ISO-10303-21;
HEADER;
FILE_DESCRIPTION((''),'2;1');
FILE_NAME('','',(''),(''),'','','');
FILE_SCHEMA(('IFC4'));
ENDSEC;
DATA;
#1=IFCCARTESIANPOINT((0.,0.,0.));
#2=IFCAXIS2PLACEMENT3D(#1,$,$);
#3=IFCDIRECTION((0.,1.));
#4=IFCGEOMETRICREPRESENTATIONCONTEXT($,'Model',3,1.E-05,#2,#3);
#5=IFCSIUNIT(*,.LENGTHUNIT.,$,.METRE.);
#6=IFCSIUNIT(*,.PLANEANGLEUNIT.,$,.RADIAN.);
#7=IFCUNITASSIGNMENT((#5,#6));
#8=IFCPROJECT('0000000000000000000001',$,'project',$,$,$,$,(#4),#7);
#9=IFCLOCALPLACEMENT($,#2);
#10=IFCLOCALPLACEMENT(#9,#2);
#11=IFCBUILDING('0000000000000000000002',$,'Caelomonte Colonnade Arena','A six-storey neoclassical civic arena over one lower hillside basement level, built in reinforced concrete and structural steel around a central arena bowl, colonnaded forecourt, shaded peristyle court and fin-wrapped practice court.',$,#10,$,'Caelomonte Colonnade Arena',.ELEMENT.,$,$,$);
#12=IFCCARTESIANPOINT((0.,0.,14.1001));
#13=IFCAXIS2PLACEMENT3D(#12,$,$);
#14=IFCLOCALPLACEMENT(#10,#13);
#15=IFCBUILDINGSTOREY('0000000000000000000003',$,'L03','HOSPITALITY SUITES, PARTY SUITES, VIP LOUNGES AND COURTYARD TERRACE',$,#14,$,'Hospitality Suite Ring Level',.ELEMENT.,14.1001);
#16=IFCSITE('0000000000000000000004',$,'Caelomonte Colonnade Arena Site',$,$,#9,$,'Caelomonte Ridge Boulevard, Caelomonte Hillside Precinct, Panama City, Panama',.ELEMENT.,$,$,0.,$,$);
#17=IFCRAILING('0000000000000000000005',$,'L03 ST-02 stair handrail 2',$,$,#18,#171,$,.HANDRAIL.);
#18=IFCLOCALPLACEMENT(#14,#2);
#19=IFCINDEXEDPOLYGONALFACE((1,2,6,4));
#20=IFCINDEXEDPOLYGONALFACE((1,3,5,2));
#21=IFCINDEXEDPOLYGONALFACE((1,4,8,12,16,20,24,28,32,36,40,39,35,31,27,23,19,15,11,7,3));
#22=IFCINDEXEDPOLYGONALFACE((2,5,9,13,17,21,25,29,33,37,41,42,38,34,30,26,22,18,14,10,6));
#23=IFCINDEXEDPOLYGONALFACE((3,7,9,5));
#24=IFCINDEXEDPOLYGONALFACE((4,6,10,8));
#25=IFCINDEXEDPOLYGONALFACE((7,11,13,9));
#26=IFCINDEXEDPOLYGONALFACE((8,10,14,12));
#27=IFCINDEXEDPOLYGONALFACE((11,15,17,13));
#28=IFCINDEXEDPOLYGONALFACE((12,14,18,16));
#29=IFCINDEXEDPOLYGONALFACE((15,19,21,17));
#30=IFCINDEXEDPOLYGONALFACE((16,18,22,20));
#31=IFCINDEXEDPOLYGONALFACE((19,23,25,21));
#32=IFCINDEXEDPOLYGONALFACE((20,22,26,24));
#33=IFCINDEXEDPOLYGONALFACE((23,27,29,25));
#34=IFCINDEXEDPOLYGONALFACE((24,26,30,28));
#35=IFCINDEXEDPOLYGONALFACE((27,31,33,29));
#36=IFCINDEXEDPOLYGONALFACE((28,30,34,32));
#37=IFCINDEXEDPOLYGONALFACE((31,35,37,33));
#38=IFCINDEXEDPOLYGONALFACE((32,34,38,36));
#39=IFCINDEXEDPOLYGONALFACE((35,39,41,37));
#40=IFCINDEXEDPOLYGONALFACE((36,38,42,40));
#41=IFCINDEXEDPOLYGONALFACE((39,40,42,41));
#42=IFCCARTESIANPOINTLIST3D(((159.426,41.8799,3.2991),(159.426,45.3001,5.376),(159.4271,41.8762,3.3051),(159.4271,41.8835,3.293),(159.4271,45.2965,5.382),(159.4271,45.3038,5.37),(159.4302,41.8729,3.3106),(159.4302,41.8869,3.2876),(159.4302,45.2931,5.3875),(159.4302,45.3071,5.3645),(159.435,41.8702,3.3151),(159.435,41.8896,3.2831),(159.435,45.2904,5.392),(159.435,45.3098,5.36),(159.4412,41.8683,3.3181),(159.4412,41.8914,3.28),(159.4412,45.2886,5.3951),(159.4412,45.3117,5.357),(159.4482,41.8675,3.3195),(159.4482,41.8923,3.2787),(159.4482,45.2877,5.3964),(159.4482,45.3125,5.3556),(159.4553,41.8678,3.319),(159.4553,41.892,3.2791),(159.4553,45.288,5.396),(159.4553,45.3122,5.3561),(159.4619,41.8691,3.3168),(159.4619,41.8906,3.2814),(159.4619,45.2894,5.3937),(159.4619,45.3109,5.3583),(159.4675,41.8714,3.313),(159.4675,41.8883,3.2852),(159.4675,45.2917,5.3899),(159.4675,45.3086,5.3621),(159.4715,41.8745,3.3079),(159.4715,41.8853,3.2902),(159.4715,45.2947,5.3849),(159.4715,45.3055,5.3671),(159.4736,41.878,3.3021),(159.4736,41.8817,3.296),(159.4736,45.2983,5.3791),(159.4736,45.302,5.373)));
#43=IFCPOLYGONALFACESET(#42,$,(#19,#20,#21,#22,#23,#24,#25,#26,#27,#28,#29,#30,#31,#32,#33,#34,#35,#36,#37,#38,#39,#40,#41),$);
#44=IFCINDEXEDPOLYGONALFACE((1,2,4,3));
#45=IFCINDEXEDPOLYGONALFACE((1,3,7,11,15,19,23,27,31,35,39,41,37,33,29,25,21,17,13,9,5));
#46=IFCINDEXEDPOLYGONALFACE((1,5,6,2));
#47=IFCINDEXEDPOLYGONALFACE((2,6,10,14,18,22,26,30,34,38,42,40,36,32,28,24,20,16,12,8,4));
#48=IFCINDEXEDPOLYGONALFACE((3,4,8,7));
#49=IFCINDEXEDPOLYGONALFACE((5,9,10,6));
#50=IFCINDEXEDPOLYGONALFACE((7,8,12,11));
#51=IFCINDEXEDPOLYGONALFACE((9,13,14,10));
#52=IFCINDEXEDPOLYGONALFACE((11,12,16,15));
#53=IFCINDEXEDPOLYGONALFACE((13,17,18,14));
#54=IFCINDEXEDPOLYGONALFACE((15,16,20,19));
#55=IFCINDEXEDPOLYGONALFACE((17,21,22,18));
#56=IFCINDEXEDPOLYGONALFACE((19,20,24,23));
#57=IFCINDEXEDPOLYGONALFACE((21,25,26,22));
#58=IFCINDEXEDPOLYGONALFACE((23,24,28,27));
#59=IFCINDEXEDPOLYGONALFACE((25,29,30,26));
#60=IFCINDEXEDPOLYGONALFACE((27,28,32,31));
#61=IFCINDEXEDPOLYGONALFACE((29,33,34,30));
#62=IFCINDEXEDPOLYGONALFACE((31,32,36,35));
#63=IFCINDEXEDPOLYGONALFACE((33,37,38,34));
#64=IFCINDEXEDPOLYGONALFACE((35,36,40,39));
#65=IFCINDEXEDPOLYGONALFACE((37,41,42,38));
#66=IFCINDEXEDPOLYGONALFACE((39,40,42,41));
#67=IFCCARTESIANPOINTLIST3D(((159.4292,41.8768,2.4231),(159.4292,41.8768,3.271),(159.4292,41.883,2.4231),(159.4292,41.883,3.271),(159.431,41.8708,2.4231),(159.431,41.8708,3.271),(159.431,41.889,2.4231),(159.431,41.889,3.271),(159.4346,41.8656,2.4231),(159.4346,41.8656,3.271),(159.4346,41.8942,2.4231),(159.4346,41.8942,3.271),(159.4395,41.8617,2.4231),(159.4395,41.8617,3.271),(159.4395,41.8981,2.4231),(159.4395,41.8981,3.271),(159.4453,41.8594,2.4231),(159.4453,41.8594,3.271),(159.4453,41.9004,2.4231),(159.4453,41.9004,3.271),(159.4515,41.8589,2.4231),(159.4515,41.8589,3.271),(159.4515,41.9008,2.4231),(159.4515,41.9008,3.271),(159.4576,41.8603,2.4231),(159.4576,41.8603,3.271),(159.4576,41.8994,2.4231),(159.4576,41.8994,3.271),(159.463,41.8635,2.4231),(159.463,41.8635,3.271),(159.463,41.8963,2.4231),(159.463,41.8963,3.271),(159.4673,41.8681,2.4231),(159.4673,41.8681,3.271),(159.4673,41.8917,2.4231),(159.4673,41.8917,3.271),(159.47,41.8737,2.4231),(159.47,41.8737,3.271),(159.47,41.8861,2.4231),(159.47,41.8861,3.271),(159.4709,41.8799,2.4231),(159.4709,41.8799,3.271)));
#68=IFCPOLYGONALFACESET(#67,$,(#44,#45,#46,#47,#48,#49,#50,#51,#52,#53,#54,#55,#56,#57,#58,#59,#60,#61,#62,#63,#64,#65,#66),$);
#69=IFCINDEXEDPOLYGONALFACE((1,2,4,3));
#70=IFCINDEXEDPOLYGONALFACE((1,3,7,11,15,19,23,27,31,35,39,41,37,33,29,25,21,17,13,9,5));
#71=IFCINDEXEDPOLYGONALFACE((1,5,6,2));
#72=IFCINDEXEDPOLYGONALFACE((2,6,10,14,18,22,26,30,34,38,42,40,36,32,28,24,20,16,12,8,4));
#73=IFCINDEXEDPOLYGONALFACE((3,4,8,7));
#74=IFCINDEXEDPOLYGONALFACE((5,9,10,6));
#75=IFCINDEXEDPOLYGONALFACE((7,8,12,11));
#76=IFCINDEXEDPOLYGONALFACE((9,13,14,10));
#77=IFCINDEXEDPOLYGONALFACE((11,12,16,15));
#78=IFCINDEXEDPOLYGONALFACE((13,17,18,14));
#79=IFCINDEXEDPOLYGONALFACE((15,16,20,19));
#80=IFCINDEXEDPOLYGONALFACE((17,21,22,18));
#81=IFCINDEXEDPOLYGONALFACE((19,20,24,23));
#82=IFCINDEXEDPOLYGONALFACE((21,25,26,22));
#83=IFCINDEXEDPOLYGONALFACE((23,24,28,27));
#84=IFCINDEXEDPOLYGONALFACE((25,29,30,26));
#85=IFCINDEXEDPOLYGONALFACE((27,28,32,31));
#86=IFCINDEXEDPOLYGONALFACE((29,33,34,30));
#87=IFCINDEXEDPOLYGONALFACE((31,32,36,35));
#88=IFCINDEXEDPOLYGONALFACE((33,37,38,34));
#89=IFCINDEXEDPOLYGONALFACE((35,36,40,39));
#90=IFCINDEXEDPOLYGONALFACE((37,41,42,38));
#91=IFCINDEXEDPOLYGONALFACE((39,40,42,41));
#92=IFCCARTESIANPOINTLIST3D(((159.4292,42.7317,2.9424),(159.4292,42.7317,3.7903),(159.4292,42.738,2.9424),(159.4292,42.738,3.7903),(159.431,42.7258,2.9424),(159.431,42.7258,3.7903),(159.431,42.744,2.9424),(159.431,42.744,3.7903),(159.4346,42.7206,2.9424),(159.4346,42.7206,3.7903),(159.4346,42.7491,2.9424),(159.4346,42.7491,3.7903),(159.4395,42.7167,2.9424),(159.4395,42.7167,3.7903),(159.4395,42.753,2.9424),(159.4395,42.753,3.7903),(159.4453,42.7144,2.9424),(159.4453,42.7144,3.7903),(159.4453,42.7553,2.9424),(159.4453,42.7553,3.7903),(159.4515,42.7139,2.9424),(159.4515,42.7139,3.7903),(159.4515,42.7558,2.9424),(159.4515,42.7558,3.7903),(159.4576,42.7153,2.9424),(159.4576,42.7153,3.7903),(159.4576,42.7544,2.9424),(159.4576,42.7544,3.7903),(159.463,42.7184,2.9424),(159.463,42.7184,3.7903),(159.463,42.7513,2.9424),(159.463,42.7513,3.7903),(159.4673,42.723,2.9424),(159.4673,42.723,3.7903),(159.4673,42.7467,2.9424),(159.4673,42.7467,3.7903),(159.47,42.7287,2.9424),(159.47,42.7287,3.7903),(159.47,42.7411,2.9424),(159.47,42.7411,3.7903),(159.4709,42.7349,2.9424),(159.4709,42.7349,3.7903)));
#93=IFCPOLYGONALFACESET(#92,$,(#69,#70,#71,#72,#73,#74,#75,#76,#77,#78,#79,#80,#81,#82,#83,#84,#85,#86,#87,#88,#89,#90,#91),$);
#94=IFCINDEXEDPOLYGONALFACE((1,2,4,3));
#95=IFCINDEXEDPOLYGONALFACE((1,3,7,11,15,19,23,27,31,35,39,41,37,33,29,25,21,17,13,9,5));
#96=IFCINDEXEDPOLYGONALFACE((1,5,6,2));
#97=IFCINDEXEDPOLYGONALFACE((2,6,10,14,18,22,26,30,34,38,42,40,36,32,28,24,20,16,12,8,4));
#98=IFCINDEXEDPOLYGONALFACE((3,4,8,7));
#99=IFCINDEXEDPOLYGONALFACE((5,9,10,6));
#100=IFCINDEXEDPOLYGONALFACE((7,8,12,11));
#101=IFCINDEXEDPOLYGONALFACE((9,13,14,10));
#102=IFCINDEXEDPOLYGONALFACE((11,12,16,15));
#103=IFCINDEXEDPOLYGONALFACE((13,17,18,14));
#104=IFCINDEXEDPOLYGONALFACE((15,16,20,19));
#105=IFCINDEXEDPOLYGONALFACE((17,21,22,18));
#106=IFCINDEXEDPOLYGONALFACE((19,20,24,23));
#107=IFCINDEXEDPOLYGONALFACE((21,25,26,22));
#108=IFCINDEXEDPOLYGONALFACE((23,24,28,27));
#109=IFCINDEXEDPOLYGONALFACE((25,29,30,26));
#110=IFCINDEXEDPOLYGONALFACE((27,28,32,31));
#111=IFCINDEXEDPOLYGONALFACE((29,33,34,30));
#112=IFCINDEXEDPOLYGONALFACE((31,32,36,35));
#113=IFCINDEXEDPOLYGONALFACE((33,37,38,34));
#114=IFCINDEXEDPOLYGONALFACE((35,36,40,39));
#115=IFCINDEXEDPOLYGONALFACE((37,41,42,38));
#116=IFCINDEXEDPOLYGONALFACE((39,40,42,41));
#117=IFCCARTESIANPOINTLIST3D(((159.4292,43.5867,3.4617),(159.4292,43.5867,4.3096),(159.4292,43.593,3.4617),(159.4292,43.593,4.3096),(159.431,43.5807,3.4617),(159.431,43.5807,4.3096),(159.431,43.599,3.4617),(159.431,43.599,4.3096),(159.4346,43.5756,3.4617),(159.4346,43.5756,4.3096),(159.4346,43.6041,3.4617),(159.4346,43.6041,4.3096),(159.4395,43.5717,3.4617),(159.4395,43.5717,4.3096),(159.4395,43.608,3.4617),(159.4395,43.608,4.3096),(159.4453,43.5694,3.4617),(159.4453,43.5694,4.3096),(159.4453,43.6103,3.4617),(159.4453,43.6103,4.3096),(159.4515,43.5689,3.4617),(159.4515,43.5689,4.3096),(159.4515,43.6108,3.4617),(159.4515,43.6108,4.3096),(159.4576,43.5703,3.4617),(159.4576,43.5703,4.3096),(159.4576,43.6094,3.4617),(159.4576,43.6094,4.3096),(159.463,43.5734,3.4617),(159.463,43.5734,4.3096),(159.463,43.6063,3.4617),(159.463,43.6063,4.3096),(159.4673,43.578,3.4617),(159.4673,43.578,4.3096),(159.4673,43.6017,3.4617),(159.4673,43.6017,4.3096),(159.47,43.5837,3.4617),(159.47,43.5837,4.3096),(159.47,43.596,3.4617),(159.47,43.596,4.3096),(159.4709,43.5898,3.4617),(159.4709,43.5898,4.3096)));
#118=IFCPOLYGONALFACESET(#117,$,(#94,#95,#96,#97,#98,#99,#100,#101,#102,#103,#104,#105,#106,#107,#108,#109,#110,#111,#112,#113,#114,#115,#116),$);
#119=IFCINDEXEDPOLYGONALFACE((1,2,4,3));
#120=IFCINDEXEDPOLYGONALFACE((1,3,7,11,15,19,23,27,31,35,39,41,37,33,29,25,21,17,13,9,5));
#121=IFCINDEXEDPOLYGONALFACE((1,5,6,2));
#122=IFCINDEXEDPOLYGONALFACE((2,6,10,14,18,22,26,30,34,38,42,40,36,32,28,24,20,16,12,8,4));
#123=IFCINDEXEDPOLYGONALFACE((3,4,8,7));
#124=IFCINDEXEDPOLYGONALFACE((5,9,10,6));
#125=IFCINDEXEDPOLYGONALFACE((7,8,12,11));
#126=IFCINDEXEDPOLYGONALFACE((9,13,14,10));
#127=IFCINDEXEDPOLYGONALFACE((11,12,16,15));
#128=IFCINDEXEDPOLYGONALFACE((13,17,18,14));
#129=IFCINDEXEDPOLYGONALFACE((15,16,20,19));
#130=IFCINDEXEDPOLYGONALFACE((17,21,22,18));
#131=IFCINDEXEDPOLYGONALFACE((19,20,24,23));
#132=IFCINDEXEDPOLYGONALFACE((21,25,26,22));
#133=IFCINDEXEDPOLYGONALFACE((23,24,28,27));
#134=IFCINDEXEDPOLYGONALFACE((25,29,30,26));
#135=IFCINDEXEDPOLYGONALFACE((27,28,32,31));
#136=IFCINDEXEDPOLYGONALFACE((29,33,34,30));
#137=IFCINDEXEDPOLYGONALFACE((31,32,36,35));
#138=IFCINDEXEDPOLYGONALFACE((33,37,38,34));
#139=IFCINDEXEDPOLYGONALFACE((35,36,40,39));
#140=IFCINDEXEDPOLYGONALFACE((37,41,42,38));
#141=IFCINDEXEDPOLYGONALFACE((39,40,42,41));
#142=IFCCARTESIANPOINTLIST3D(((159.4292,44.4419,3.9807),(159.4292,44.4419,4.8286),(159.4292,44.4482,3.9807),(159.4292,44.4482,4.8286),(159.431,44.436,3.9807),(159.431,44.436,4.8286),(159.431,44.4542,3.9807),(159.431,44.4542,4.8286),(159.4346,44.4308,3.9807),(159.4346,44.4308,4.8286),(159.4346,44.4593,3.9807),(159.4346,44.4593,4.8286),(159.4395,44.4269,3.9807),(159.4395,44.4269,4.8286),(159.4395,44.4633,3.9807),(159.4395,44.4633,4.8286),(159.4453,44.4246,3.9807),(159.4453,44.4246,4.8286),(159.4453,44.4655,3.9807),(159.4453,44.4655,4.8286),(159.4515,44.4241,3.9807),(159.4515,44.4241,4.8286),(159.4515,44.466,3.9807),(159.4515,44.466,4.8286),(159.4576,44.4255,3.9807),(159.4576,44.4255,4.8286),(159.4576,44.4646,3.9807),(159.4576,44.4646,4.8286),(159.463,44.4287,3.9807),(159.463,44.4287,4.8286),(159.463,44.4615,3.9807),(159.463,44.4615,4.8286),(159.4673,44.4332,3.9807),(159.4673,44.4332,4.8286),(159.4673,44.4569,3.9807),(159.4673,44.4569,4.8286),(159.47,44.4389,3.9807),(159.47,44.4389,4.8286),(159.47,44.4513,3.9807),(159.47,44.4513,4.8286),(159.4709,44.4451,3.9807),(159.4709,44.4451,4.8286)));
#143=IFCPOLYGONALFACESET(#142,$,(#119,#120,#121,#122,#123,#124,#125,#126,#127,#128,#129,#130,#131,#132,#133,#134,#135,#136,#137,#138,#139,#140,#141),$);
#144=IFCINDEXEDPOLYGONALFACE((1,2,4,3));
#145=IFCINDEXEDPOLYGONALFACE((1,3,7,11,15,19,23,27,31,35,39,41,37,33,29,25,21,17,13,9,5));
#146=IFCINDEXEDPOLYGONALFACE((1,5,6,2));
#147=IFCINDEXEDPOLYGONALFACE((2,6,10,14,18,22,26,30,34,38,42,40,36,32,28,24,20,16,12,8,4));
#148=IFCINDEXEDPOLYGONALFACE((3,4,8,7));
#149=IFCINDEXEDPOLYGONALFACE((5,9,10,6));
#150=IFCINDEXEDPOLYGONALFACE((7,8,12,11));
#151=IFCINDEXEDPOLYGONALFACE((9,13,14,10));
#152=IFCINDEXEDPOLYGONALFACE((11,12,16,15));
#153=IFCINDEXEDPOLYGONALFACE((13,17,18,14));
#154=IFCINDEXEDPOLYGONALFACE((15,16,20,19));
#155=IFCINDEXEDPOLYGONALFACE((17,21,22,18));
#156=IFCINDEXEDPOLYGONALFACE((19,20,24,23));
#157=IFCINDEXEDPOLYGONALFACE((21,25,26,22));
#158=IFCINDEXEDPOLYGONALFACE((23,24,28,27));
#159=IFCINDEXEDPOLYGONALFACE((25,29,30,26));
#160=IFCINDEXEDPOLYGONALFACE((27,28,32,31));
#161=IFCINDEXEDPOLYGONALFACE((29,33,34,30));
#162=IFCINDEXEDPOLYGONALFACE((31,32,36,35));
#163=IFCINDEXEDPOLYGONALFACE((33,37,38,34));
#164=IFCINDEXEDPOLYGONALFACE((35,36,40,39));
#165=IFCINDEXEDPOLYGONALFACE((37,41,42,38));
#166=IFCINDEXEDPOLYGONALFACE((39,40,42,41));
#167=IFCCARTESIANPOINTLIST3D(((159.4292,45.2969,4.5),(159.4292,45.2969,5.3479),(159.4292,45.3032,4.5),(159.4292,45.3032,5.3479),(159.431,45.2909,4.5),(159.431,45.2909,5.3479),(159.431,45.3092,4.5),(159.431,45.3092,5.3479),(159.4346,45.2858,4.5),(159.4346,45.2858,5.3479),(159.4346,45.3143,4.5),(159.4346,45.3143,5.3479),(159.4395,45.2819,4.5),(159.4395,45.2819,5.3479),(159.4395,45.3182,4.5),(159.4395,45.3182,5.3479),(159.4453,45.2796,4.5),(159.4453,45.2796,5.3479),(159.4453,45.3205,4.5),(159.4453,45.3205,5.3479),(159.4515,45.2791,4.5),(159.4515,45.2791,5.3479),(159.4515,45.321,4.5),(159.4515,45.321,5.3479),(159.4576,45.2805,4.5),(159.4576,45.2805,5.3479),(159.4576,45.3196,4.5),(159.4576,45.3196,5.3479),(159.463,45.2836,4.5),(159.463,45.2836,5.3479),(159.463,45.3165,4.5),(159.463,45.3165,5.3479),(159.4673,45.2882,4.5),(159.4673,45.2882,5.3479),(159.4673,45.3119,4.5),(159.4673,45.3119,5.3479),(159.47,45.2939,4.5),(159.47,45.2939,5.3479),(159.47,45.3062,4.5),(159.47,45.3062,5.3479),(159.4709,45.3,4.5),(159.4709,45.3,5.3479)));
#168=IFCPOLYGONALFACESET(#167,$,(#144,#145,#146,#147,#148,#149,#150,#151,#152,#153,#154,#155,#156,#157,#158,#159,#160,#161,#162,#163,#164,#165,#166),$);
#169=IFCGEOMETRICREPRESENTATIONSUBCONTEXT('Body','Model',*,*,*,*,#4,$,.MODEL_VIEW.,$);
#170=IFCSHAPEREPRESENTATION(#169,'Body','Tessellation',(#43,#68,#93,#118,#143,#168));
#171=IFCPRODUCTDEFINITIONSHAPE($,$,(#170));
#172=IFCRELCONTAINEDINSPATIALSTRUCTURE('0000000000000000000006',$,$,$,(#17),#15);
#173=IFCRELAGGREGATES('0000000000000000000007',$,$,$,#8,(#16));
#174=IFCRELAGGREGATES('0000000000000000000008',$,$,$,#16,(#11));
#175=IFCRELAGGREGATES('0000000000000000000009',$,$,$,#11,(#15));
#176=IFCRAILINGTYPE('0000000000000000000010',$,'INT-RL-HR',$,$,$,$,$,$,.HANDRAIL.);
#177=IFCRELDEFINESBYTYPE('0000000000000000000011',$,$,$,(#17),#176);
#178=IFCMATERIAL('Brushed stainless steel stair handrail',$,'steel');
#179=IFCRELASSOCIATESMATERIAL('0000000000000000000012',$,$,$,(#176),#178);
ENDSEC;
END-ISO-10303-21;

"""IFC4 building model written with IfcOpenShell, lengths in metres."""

from ifc_helpers import new_model, si_unit, direction, frame, origin, origin_2d, place, context, subcontext, project, spatial, circle, extrude, material, type_object, element, save


model = new_model("IFC4")

# Units and contexts
model_context = context("Model", 3, precision=1e-05, world=origin(), true_north=direction((0.0, 1.0)))
body_context = subcontext(model_context, "Body", "Model", "MODEL_VIEW")
ifc_project = project(units=[si_unit("LENGTHUNIT", "METRE"), si_unit("PLANEANGLEUNIT", "RADIAN")], contexts=[model_context])

# Site, building, storey
site_placement = place(None, origin())
site = spatial("IfcSite", under=ifc_project, at=site_placement, Name="Caelomonte Colonnade Arena Site", LongName="Caelomonte Ridge Boulevard, Caelomonte Hillside Precinct, Panama City, Panama", CompositionType="ELEMENT", RefElevation=0.0)
building_placement = place(site_placement, origin())
building = spatial("IfcBuilding", under=site, at=building_placement, Name="Caelomonte Colonnade Arena", Description="A six-storey neoclassical civic arena over one lower hillside basement level, built in reinforced concrete and structural steel around a central arena bowl, colonnaded forecourt, shaded peristyle court and fin-wrapped practice court.", LongName="Caelomonte Colonnade Arena", CompositionType="ELEMENT")
storey_placement = place(building_placement, frame((0.0, 0.0, 14.1001)))
storey = spatial("IfcBuildingStorey", under=building, at=storey_placement, Name="L03", Description="HOSPITALITY SUITES, PARTY SUITES, VIP LOUNGES AND COURTYARD TERRACE", LongName="Hospitality Suite Ring Level", CompositionType="ELEMENT", Elevation=14.1001)

# Railing
ifc_material_1 = material(Name="Brushed stainless steel stair handrail", Category="steel")
railing_type_1 = type_object("IfcRailingType", Name="INT-RL-HR", PredefinedType="HANDRAIL", material=ifc_material_1)
railing_1_placement = place(storey_placement, frame((159.45, 41.8799, 2.4231)))
element("IfcRailing", 1, at=railing_1_placement, inside=storey, type_object=railing_type_1, Name="L03 ST-02 stair handrail 2", PredefinedType="HANDRAIL", context=body_context, shape_type="SweptSolid", body=[
    extrude(circle(Radius=0.0239, at=origin_2d()), frame((0.0, 0.0, 0.876), z_axis=(0.0, 0.854746, 0.519047), x_axis=(-1.0, 0.0, 0.0)), (0.0, 0.0, 1.0), 4.0015),
    extrude(circle(Radius=0.021, at=origin_2d()), origin(), (0.0, 0.0, 1.0), 0.8479),
    extrude(circle(Radius=0.021, at=origin_2d()), frame((0.0, 0.855, 0.5193)), (0.0, 0.0, 1.0), 0.8479),
    extrude(circle(Radius=0.021, at=origin_2d()), frame((0.0, 1.71, 1.0386)), (0.0, 0.0, 1.0), 0.8479),
    extrude(circle(Radius=0.021, at=origin_2d()), frame((0.0, 2.5652, 1.5576)), (0.0, 0.0, 1.0), 0.8479),
    extrude(circle(Radius=0.021, at=origin_2d()), frame((0.0, 3.4202, 2.0769)), (0.0, 0.0, 1.0), 0.8479),
])

save(model, "model.ifc")
